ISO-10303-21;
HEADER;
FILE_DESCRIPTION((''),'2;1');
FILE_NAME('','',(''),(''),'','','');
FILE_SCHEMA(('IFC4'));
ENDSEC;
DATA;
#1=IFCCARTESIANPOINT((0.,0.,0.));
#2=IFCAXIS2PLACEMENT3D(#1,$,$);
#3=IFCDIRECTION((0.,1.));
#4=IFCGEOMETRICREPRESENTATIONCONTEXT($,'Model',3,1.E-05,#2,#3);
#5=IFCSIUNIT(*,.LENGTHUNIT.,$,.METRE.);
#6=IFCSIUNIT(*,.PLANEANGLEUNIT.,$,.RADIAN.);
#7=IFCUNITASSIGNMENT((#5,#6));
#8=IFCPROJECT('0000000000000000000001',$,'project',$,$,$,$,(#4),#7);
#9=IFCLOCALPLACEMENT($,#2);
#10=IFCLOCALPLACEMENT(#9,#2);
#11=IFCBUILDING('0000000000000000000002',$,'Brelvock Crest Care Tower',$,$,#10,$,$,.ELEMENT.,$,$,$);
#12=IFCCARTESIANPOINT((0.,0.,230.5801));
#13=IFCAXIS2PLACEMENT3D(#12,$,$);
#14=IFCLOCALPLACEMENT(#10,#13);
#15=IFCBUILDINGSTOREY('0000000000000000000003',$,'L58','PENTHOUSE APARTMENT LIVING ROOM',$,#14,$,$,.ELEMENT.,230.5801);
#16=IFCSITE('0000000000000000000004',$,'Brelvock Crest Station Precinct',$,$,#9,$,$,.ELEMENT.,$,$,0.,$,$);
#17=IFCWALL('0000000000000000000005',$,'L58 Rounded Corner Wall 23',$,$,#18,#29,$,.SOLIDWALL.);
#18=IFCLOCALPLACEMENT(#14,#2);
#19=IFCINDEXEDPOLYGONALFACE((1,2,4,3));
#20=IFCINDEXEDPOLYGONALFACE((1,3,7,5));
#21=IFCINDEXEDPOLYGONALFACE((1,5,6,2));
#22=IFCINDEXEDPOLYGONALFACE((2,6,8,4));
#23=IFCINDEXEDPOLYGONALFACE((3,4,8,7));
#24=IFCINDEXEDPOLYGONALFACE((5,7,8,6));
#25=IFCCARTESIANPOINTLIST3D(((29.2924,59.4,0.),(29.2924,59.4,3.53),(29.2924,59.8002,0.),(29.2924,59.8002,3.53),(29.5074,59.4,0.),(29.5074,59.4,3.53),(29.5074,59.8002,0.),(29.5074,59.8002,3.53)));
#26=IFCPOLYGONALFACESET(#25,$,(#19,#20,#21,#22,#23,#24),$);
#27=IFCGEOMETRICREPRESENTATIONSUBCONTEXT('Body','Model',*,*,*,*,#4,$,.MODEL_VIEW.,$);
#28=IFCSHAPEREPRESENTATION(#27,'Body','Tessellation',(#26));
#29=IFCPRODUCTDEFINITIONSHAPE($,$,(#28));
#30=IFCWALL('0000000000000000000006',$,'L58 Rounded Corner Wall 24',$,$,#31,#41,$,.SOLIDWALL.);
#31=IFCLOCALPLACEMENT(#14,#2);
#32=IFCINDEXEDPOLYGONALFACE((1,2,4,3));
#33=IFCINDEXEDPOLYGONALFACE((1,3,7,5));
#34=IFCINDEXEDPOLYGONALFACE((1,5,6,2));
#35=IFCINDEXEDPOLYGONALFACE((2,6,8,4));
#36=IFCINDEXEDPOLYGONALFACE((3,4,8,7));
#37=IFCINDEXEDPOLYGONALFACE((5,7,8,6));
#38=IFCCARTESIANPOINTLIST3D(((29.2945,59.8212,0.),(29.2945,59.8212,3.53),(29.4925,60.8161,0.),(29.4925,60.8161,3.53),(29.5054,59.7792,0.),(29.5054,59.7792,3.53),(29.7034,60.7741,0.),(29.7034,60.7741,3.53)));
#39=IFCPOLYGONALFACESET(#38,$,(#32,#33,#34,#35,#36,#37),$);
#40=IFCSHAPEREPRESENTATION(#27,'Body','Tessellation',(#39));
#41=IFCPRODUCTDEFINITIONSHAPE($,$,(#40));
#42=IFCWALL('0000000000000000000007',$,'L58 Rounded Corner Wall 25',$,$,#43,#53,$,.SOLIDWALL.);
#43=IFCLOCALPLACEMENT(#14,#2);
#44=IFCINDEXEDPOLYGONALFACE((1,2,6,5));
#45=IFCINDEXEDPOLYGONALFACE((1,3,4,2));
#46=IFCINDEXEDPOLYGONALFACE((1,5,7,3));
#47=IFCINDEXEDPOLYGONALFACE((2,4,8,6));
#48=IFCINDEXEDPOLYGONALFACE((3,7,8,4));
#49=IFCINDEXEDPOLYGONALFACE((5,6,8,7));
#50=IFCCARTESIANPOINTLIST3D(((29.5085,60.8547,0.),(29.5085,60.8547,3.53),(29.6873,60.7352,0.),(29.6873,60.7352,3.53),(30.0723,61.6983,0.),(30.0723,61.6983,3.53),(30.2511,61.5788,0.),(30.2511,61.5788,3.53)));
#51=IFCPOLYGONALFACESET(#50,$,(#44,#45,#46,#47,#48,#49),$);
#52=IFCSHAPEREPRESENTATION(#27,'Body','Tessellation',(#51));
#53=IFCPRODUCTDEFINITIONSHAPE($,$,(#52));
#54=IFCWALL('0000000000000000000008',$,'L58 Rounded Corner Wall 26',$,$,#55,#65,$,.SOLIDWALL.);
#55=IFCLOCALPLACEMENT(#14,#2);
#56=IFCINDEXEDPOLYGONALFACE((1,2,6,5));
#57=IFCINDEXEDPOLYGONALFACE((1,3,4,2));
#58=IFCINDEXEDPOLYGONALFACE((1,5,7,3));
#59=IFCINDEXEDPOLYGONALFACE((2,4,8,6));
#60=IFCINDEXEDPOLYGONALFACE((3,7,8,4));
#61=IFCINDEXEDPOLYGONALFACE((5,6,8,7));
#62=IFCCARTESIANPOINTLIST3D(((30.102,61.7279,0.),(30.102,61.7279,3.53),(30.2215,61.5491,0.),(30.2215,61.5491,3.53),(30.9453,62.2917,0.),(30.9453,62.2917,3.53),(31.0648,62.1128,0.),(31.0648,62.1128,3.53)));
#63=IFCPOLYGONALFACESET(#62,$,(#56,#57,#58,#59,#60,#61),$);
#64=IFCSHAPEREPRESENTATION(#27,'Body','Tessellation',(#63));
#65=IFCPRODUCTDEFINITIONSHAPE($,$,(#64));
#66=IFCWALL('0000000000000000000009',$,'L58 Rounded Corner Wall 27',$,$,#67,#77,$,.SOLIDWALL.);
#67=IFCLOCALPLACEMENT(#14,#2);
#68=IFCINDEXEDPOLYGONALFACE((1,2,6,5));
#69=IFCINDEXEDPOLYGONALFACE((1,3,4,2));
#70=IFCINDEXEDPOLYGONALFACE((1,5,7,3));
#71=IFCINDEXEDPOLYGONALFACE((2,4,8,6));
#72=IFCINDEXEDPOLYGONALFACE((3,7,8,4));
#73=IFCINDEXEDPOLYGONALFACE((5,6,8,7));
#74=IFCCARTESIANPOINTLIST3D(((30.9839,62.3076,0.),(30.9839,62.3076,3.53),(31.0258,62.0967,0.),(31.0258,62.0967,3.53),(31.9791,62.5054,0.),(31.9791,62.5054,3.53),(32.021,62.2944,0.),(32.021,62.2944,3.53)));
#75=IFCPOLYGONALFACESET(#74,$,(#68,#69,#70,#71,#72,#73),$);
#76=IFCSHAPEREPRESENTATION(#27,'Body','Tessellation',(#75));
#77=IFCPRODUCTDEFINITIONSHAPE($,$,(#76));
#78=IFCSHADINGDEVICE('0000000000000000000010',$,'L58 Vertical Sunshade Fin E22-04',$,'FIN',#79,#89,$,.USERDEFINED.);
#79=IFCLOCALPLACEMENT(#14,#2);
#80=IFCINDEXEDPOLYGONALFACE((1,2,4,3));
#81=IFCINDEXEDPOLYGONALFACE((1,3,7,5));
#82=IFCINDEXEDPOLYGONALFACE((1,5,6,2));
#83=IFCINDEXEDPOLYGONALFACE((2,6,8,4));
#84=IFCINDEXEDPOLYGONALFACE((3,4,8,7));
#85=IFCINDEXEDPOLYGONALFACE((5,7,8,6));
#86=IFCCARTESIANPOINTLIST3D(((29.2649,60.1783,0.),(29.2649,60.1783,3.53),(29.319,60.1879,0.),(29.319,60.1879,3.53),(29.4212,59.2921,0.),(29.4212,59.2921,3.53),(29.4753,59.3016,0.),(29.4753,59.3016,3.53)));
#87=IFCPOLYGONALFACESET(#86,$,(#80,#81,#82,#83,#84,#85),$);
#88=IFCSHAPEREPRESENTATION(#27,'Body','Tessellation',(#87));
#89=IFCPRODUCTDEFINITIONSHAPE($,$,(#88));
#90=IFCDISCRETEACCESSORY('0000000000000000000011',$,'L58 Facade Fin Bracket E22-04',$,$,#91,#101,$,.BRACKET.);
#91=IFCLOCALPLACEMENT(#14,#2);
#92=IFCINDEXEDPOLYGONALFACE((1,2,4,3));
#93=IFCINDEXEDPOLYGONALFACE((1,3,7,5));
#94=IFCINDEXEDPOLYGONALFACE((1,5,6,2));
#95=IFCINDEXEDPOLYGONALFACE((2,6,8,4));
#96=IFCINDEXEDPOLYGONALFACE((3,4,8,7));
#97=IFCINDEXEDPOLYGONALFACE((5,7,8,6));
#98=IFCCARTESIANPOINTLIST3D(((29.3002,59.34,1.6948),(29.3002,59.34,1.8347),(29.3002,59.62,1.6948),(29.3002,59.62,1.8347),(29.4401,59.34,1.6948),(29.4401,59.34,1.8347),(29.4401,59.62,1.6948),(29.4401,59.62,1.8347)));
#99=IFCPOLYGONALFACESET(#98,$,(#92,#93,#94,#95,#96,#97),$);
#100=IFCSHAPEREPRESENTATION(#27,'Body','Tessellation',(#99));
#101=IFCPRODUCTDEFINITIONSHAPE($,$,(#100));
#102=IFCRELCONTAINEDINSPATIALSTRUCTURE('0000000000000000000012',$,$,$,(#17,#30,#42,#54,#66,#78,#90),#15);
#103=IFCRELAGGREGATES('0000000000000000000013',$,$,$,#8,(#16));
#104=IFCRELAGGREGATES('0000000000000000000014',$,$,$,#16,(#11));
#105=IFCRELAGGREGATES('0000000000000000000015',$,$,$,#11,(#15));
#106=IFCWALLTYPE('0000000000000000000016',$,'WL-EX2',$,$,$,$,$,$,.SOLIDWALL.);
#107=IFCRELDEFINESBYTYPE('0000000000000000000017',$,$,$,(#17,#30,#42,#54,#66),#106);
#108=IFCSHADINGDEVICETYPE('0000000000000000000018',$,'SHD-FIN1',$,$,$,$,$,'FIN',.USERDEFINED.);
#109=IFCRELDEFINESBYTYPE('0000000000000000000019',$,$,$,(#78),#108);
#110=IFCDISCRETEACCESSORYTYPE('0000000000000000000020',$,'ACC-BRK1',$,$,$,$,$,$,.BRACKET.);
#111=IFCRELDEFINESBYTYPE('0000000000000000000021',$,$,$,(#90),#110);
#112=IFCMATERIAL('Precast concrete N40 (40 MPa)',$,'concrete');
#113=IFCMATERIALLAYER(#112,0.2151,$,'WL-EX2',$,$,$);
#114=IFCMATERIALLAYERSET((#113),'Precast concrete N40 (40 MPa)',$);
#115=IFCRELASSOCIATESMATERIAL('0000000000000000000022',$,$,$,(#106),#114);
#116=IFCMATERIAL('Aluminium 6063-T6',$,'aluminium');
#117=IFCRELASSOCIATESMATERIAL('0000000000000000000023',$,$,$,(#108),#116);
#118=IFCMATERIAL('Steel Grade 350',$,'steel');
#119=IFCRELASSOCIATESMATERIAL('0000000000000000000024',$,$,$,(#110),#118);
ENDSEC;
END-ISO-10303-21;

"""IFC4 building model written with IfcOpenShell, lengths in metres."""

from ifc_helpers import new_model, si_unit, direction, frame, frame_2d, origin, origin_2d, place, context, subcontext, project, spatial, rectangle, extrude, source, transform, mapped, material, layer, layer_set, material_profile, profile_set, type_object, element, save


model = new_model("IFC4")

# Units and contexts
model_context = context("Model", 3, precision=1e-05, world=origin(), true_north=direction((0.0, 1.0)))
body_context = subcontext(model_context, "Body", "Model", "MODEL_VIEW")
ifc_project = project(units=[si_unit("LENGTHUNIT", "METRE"), si_unit("PLANEANGLEUNIT", "RADIAN")], contexts=[model_context])

# Site, building, storey
site_placement = place(None, origin())
site = spatial("IfcSite", under=ifc_project, at=site_placement, Name="Brelvock Crest Station Precinct", CompositionType="ELEMENT", RefElevation=0.0)
building_placement = place(site_placement, origin())
building = spatial("IfcBuilding", under=site, at=building_placement, Name="Brelvock Crest Care Tower", CompositionType="ELEMENT")
storey_placement = place(building_placement, frame((0.0, 0.0, 230.5801)))
storey = spatial("IfcBuildingStorey", under=building, at=storey_placement, Name="L58", Description="PENTHOUSE APARTMENT LIVING ROOM", CompositionType="ELEMENT", Elevation=230.5801)

# Shared definitions
ifc_material_1 = material(Name="Steel Grade 350", Category="steel")

# Shared definitions
ifc_material_2 = material(Name="Aluminium 6063-T6", Category="aluminium")

# Walls
ifc_material_3 = material(Name="Precast concrete N40 (40 MPa)", Category="concrete")
ifc_layer_1 = layer(ifc_material_3, 0.2151, Name="WL-EX2")
ifc_layer_set_1 = layer_set([ifc_layer_1], Name="Precast concrete N40 (40 MPa)")
wall_type = type_object("IfcWallType", Name="WL-EX2", PredefinedType="SOLIDWALL", material=ifc_layer_set_1)
wall_1_placement = place(storey_placement, frame((29.3999, 59.3999, 0.0), z_axis=(0.0, 0.0, 1.0), x_axis=(0.0, 1.0, 0.0)))
element("IfcWall", 1, at=wall_1_placement, inside=storey, type_object=wall_type, Name="L58 Rounded Corner Wall 23", PredefinedType="SOLIDWALL", context=body_context, shape_type="SweptSolid", body=[
    extrude(rectangle(XDim=0.4001, YDim=0.2151, at=frame_2d((0.2002, 0.0))), origin(), (0.0, 0.0, 1.0), 3.53),
])
wall_2_placement = place(storey_placement, frame((29.3999, 59.8, 0.0), z_axis=(0.0, 0.0, 1.0), x_axis=(0.19519, 0.980765, 0.0)))
element("IfcWall", 2, at=wall_2_placement, inside=storey, type_object=wall_type, Name="L58 Rounded Corner Wall 24", PredefinedType="SOLIDWALL", context=body_context, shape_type="SweptSolid", body=[
    extrude(rectangle(XDim=1.0144, YDim=0.2151, at=frame_2d((0.5073, 0.0))), origin(), (0.0, 0.0, 1.0), 3.53),
])
wall_3_placement = place(storey_placement, frame((29.5979, 60.7949, 0.0), z_axis=(0.0, 0.0, 1.0), x_axis=(0.555644, 0.83142, 0.0)))
element("IfcWall", 3, at=wall_3_placement, inside=storey, type_object=wall_type, Name="L58 Rounded Corner Wall 25", PredefinedType="SOLIDWALL", context=body_context, shape_type="SweptSolid", body=[
    extrude(rectangle(XDim=1.0146, YDim=0.2151, at=frame_2d((0.5073, 0.0))), origin(), (0.0, 0.0, 1.0), 3.53),
])
wall_4_placement = place(storey_placement, frame((30.1616, 61.6384, 0.0), z_axis=(0.0, 0.0, 1.0), x_axis=(0.831346, 0.555755, 0.0)))
element("IfcWall", 4, at=wall_4_placement, inside=storey, type_object=wall_type, Name="L58 Rounded Corner Wall 26", PredefinedType="SOLIDWALL", context=body_context, shape_type="SweptSolid", body=[
    extrude(rectangle(XDim=1.0144, YDim=0.2151, at=frame_2d((0.5073, 0.0))), origin(), (0.0, 0.0, 1.0), 3.53),
])
wall_5_placement = place(storey_placement, frame((31.0049, 62.2021, 0.0), z_axis=(0.0, 0.0, 1.0), x_axis=(0.980821, 0.194913, 0.0)))
element("IfcWall", 5, at=wall_5_placement, inside=storey, type_object=wall_type, Name="L58 Rounded Corner Wall 27", PredefinedType="SOLIDWALL", context=body_context, shape_type="SweptSolid", body=[
    extrude(rectangle(XDim=1.0146, YDim=0.2151, at=frame_2d((0.5073, 0.0))), origin(), (0.0, 0.0, 1.0), 3.53),
])

# Shading device
ifc_material_profile_1 = material_profile(ifc_material_2, rectangle(XDim=0.0549, YDim=0.8999, at=origin_2d()), Name="FIN55x900")
ifc_profile_set_1 = profile_set([ifc_material_profile_1], Name="Aluminium 6063-T6")
shading_device_type = type_object("IfcShadingDeviceType", Name="SHD-FIN1", ElementType="FIN", PredefinedType="USERDEFINED", material=ifc_profile_set_1)
shared_shape_1 = source(origin(), body_context, "Body", "SweptSolid", [
    extrude(rectangle(XDim=0.0549, YDim=0.8999, at=origin_2d()), origin(), (0.0, 0.0, 1.0), 3.53),
])
shading_device_placement = place(storey_placement, frame((29.3701, 59.74, 0.0), z_axis=(0.0, 0.0, 1.0), x_axis=(0.984808, 0.173648, 0.0)))
element("IfcShadingDevice", 6, at=shading_device_placement, inside=storey, type_object=shading_device_type, Name="L58 Vertical Sunshade Fin E22-04", ObjectType="FIN", PredefinedType="USERDEFINED", context=body_context, shape_type="MappedRepresentation", body=[
    mapped(shared_shape_1, transform((0.0, 0.0, 0.0), x_axis=(1.0, 0.0, 0.0), y_axis=(0.0, 1.0, 0.0), z_axis=(0.0, 0.0, 1.0), scale=1.0)),
])

# Discrete accessory
discrete_accessory_type = type_object("IfcDiscreteAccessoryType", Name="ACC-BRK1", PredefinedType="BRACKET", material=ifc_material_1)
shared_shape_2 = source(origin(), body_context, "Body", "SweptSolid", [
    extrude(rectangle(XDim=0.28, YDim=0.1399, at=origin_2d()), origin(), (0.0, 0.0, 1.0), 0.1399),
])
discrete_accessory_placement = place(storey_placement, frame((29.3701, 59.48, 1.6948), z_axis=(0.0, 0.0, 1.0), x_axis=(0.0, 1.0, 0.0)))
element("IfcDiscreteAccessory", 7, at=discrete_accessory_placement, inside=storey, type_object=discrete_accessory_type, Name="L58 Facade Fin Bracket E22-04", PredefinedType="BRACKET", context=body_context, shape_type="MappedRepresentation", body=[
    mapped(shared_shape_2, transform((0.0, 0.0, 0.0), x_axis=(1.0, 0.0, 0.0), y_axis=(0.0, 1.0, 0.0), z_axis=(0.0, 0.0, 1.0), scale=1.0)),
])

save(model, "model.ifc")
